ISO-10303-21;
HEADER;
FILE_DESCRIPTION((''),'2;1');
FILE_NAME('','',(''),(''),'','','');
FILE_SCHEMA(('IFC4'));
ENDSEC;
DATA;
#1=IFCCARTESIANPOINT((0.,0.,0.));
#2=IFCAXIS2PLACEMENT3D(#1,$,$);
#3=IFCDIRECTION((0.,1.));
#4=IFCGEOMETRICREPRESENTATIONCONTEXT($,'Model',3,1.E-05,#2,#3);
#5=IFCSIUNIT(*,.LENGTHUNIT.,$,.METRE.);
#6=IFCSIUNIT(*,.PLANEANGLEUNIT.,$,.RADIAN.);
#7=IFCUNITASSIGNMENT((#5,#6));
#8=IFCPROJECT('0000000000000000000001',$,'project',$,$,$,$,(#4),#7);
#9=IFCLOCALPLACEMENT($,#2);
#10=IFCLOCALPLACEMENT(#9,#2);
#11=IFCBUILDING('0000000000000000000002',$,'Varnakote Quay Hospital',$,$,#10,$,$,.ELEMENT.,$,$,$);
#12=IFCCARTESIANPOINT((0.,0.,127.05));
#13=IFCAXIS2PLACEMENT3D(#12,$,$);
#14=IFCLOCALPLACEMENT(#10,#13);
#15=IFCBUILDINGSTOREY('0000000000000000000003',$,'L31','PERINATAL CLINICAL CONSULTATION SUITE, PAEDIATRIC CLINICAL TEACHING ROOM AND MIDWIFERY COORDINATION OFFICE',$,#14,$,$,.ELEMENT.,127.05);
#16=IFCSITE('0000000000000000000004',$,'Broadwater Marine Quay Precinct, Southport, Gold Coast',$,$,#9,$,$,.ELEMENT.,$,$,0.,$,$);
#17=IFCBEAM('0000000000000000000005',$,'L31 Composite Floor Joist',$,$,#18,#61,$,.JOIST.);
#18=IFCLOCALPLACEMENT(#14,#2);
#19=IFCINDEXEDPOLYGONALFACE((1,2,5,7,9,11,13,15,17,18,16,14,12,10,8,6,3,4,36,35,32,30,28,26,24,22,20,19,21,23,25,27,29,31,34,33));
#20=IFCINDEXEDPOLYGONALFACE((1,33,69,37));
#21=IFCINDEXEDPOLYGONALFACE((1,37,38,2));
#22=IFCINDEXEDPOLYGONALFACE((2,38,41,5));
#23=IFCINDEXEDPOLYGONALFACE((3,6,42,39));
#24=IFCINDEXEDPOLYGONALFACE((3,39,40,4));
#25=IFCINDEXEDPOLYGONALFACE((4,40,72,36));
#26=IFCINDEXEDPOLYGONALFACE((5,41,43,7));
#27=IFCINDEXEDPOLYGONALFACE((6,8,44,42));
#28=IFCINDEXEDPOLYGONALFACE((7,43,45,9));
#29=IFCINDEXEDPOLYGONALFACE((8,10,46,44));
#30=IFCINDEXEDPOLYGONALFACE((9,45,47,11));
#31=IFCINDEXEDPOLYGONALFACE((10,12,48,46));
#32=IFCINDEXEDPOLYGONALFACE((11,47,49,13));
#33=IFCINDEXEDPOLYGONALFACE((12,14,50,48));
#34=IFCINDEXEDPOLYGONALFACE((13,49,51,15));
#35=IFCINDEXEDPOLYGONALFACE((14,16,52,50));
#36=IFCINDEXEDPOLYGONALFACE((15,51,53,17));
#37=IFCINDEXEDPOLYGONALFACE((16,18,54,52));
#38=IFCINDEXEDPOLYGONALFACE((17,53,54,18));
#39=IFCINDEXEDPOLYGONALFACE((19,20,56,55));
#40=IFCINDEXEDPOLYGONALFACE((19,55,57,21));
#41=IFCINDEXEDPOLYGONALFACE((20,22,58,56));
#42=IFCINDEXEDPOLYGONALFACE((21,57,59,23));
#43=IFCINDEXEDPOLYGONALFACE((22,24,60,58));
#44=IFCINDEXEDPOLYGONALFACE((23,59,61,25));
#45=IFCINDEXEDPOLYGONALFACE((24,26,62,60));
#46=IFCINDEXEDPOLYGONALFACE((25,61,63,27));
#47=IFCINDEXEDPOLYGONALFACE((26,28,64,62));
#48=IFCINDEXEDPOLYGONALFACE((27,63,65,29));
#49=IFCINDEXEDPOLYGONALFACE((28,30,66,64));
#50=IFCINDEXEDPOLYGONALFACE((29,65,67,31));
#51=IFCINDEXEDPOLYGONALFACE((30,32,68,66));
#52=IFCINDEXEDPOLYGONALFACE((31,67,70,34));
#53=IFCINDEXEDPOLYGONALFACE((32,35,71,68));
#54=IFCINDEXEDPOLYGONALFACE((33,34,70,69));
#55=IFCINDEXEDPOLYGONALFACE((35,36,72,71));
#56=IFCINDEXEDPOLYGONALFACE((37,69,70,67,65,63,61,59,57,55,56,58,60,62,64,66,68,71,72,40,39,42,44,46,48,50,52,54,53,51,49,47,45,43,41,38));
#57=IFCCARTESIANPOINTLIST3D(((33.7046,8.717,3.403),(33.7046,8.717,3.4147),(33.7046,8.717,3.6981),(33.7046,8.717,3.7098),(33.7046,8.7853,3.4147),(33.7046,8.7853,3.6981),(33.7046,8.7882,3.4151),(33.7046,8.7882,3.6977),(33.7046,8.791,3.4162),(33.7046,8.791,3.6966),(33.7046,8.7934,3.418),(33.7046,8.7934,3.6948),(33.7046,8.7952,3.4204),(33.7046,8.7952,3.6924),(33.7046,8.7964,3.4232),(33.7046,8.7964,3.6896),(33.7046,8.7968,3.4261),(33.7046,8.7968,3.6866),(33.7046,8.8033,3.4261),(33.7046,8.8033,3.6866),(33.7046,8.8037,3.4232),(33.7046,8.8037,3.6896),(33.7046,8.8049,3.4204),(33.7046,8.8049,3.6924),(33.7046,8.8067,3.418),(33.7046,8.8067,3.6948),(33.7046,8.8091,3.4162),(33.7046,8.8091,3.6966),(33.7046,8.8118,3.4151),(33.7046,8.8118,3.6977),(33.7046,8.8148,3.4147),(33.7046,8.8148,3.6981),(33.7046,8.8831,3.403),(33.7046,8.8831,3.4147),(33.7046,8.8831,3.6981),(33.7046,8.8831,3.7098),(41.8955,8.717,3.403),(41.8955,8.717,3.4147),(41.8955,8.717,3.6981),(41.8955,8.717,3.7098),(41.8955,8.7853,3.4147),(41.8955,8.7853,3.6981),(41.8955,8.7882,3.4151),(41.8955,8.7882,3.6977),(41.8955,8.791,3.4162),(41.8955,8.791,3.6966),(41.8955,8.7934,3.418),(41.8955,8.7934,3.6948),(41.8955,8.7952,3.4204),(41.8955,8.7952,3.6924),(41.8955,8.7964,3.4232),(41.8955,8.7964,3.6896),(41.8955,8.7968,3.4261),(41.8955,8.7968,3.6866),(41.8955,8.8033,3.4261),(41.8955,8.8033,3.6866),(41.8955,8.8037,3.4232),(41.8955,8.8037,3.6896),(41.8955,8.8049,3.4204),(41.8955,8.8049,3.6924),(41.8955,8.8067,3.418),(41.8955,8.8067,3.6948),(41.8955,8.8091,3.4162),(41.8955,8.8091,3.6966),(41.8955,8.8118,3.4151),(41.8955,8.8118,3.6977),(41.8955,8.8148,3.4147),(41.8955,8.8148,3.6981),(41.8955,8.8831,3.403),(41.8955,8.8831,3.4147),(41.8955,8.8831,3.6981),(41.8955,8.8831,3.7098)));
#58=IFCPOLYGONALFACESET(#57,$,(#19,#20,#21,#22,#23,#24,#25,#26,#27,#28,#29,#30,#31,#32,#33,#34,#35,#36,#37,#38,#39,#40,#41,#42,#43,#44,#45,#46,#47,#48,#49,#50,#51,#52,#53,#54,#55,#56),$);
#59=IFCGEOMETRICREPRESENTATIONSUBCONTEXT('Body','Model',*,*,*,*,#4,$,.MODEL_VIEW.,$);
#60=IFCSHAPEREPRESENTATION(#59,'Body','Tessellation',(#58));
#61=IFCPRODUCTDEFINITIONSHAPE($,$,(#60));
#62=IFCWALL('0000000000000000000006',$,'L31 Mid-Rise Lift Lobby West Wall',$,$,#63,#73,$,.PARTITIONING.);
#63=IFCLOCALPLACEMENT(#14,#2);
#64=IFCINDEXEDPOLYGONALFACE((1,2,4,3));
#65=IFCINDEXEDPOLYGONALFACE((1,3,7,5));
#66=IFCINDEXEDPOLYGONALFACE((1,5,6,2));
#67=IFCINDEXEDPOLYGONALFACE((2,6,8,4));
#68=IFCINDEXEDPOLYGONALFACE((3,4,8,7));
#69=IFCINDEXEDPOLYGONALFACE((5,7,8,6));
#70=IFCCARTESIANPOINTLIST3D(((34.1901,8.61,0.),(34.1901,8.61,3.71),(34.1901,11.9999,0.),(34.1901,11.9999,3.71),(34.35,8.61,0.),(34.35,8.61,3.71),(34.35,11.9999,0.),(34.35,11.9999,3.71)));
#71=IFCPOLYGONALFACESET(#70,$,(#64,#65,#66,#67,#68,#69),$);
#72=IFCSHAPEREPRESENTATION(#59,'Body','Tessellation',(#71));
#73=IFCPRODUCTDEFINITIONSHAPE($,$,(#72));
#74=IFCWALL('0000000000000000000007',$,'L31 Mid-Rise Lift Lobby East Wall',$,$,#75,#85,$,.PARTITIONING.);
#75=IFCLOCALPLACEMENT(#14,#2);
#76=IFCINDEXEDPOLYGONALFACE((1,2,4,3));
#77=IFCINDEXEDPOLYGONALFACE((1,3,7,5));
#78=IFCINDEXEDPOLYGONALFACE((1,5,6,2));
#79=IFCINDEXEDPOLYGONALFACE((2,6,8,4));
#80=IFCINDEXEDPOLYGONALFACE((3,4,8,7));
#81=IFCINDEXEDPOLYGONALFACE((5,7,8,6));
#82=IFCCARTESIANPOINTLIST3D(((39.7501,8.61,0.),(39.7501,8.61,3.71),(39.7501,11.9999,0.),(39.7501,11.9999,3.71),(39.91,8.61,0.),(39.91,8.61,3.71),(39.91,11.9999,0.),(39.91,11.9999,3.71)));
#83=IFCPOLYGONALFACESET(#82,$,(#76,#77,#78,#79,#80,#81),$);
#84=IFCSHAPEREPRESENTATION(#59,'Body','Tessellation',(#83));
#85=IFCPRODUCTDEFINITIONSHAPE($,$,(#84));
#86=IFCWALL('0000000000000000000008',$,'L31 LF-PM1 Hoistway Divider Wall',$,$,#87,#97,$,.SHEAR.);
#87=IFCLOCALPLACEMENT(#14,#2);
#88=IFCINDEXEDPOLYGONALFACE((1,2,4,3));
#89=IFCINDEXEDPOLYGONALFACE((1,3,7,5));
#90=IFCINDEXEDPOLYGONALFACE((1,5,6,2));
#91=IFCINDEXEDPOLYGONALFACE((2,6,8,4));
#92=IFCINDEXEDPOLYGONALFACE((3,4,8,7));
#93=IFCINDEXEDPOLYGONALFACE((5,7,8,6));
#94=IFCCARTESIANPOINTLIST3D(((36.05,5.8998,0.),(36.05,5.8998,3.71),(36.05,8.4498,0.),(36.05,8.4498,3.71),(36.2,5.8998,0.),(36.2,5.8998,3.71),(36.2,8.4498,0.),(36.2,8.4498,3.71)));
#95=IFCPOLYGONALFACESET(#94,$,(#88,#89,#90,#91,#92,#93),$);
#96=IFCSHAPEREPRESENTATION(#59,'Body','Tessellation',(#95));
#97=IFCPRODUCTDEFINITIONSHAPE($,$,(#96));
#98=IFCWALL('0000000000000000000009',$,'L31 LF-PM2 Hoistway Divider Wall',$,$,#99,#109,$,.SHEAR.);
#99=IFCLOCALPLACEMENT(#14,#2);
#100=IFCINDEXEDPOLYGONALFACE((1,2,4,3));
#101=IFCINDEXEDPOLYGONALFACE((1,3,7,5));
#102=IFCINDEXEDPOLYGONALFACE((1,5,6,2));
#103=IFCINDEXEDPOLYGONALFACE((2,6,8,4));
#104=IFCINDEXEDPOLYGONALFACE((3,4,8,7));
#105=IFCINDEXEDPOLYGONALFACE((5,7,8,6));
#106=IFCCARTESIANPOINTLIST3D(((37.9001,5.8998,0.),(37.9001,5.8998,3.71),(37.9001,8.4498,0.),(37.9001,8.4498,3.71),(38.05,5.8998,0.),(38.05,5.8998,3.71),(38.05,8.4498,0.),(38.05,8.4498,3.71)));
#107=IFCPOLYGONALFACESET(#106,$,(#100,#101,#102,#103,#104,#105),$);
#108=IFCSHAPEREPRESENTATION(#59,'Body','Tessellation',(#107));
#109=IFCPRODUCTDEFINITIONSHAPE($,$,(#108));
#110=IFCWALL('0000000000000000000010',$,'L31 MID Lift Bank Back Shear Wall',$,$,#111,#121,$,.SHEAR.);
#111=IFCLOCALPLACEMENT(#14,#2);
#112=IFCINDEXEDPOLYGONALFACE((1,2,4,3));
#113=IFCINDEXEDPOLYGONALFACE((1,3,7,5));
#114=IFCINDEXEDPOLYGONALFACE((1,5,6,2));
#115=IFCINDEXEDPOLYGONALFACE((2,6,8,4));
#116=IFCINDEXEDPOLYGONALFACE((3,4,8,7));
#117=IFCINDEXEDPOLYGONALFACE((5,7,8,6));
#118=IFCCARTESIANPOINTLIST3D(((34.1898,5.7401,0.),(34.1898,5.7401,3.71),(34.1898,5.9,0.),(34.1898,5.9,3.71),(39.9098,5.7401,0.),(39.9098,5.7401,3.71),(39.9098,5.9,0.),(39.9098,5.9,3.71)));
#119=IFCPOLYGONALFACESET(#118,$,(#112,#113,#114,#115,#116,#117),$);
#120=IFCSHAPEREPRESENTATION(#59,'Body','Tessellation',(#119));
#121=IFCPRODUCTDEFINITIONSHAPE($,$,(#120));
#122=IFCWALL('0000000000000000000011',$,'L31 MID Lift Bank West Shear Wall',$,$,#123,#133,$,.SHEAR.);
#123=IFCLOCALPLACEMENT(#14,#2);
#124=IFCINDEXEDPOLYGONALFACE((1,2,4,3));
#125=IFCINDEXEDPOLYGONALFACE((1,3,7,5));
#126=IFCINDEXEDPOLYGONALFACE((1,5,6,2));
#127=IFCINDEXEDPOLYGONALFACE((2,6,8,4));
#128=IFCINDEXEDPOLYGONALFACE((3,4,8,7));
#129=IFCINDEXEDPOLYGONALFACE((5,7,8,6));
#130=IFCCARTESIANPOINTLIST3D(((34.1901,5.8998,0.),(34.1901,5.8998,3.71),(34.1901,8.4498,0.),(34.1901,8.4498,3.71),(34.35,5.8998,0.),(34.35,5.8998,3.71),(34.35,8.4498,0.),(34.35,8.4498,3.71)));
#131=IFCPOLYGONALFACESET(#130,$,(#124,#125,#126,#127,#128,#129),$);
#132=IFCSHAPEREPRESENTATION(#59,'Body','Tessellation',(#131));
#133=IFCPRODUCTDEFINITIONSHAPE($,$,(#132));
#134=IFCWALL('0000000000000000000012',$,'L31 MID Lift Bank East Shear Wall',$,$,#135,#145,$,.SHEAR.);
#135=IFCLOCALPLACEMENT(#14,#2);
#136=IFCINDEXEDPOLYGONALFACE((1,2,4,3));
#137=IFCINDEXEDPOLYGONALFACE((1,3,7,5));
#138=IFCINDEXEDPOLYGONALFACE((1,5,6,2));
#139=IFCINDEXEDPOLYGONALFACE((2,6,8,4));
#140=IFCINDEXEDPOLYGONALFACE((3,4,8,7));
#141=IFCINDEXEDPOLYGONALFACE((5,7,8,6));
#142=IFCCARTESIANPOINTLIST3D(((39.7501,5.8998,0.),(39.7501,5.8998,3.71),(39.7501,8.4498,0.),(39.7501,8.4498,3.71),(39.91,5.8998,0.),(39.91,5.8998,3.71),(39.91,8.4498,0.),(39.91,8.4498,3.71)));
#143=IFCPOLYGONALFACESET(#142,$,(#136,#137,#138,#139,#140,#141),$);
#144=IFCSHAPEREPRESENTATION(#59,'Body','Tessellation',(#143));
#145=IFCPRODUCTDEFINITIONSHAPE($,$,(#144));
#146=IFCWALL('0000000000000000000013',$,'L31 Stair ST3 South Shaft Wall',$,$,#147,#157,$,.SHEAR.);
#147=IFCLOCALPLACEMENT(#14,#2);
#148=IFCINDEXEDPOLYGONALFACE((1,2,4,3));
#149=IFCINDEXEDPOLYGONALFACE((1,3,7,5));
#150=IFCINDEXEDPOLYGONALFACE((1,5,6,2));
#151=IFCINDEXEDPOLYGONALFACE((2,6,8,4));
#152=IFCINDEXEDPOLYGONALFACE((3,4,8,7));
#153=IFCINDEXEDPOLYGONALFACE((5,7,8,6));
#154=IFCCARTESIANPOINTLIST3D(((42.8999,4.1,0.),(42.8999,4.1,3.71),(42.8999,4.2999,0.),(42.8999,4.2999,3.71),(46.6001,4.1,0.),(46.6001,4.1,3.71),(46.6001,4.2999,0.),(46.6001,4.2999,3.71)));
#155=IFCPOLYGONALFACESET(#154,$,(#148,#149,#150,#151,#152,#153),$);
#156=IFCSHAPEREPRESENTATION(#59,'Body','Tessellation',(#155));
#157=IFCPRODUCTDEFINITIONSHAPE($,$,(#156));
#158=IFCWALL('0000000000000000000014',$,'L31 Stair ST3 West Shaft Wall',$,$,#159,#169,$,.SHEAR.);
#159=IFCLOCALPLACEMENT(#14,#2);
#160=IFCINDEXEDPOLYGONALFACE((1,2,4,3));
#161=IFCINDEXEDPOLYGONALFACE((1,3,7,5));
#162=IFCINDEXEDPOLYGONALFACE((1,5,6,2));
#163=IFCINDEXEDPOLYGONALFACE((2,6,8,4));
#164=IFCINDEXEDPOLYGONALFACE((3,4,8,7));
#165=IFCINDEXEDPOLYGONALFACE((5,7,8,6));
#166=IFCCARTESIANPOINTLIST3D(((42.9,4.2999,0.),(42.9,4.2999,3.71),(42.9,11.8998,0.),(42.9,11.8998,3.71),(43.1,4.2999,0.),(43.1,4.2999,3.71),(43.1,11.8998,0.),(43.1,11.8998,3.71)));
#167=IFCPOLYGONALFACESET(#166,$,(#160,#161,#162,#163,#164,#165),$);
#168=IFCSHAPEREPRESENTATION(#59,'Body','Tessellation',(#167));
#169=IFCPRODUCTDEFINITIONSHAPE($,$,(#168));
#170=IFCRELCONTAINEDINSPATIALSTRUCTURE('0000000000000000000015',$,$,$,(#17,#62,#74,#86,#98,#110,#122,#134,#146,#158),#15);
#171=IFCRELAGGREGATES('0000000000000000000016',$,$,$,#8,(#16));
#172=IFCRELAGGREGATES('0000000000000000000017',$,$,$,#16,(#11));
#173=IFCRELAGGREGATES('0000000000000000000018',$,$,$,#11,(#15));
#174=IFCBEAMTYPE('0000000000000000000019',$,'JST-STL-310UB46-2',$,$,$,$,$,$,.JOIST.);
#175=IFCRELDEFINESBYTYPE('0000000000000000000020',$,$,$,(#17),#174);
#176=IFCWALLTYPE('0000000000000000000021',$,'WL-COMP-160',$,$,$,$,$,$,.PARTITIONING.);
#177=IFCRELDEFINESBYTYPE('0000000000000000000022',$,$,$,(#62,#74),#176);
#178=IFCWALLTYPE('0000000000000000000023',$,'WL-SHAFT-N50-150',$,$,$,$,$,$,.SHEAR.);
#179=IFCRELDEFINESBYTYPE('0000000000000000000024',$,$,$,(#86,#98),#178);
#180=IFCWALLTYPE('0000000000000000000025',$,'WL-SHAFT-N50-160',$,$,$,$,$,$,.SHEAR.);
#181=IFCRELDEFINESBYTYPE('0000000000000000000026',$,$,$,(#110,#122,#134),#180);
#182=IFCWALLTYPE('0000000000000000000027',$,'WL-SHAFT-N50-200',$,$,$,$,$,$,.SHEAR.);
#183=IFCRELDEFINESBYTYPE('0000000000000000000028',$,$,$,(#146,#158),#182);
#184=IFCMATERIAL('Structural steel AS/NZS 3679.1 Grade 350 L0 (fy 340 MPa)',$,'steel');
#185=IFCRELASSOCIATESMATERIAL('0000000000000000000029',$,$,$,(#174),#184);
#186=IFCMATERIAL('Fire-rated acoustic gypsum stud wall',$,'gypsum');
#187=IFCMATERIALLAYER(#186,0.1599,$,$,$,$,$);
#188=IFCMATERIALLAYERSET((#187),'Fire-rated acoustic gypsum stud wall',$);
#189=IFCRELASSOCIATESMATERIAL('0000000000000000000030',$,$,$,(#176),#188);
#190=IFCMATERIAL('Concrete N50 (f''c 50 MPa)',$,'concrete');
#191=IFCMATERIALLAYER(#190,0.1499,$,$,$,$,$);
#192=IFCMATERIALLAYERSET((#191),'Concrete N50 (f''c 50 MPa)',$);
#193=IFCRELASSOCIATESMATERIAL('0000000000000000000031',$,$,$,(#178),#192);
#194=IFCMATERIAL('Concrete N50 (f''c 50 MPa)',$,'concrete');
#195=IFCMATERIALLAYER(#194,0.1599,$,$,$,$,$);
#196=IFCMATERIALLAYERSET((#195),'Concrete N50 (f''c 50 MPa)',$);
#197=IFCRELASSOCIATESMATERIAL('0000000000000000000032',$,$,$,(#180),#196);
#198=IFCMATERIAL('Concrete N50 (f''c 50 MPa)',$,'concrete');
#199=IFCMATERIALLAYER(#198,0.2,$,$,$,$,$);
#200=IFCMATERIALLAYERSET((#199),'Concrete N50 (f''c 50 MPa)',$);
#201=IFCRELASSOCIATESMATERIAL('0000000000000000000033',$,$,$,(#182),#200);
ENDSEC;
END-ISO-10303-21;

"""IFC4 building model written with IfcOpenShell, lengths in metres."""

from ifc_helpers import new_model, si_unit, direction, frame, frame_2d, origin, origin_2d, place, context, subcontext, project, spatial, rectangle, i_section, extrude, material, layer, layer_set, material_profile, profile_set, type_object, element, save


model = new_model("IFC4")

# Units and contexts
model_context = context("Model", 3, precision=1e-05, world=origin(), true_north=direction((0.0, 1.0)))
body_context = subcontext(model_context, "Body", "Model", "MODEL_VIEW")
ifc_project = project(units=[si_unit("LENGTHUNIT", "METRE"), si_unit("PLANEANGLEUNIT", "RADIAN")], contexts=[model_context])

# Site, building, storey
site_placement = place(None, origin())
site = spatial("IfcSite", under=ifc_project, at=site_placement, Name="Broadwater Marine Quay Precinct, Southport, Gold Coast", CompositionType="ELEMENT", RefElevation=0.0)
building_placement = place(site_placement, origin())
building = spatial("IfcBuilding", under=site, at=building_placement, Name="Varnakote Quay Hospital", CompositionType="ELEMENT")
storey_placement = place(building_placement, frame((0.0, 0.0, 127.05)))
storey = spatial("IfcBuildingStorey", under=building, at=storey_placement, Name="L31", Description="PERINATAL CLINICAL CONSULTATION SUITE, PAEDIATRIC CLINICAL TEACHING ROOM AND MIDWIFERY COORDINATION OFFICE", CompositionType="ELEMENT", Elevation=127.05)

# Beam
ifc_material_1 = material(Name="Structural steel AS/NZS 3679.1 Grade 350 L0 (fy 340 MPa)", Category="steel")
ifc_material_profile_1 = material_profile(ifc_material_1, i_section(OverallWidth=0.166, OverallDepth=0.3069, WebThickness=0.0066, FlangeThickness=0.0117, FilletRadius=0.0115, at=origin_2d()), Name="310UB46.2")
ifc_profile_set_1 = profile_set([ifc_material_profile_1], Name="Structural steel AS/NZS 3679.1 Grade 350 L0 (fy 340 MPa)")
beam_type_1 = type_object("IfcBeamType", Name="JST-STL-310UB46-2", PredefinedType="JOIST", material=ifc_profile_set_1)
beam_placement = place(storey_placement, frame((33.7046, 8.8, 3.5564), z_axis=(1.0, 0.0, 0.0), x_axis=(0.0, 1.0, 0.0)))
element("IfcBeam", 1, at=beam_placement, inside=storey, type_object=beam_type_1, Name="L31 Composite Floor Joist", PredefinedType="JOIST", context=body_context, shape_type="SweptSolid", body=[
    extrude(i_section(OverallWidth=0.166, OverallDepth=0.3069, WebThickness=0.0066, FlangeThickness=0.0117, FilletRadius=0.0115, at=origin_2d()), origin(), (0.0, 0.0, 1.0), 8.1909),
])

# Walls
ifc_material_2 = material(Name="Fire-rated acoustic gypsum stud wall", Category="gypsum")
ifc_layer_1 = layer(ifc_material_2, 0.1599)
ifc_layer_set_1 = layer_set([ifc_layer_1], Name="Fire-rated acoustic gypsum stud wall")
wall_type_1 = type_object("IfcWallType", Name="WL-COMP-160", PredefinedType="PARTITIONING", material=ifc_layer_set_1)
for number, where, z_axis, x_axis, name in (
    (2, (34.27, 8.6101, 0.0), (0.0, 0.0, 1.0), (0.0, 1.0, 0.0), "L31 Mid-Rise Lift Lobby West Wall"),
    (3, (39.8301, 8.6101, 0.0), (0.0, 0.0, 1.0), (0.0, 1.0, 0.0), "L31 Mid-Rise Lift Lobby East Wall"),
):
    element("IfcWall", number, at=place(storey_placement, frame(where, z_axis=z_axis, x_axis=x_axis)), inside=storey, type_object=wall_type_1, Name=name, PredefinedType="PARTITIONING", context=body_context, shape_type="SweptSolid", body=[
        extrude(rectangle(XDim=3.3899, YDim=0.1599, at=frame_2d((1.6948, 0.0))), origin(), (0.0, 0.0, 1.0), 3.71),
    ])
ifc_material_3 = material(Name="Concrete N50 (f'c 50 MPa)", Category="concrete")
ifc_layer_2 = layer(ifc_material_3, 0.1499)
ifc_layer_set_2 = layer_set([ifc_layer_2], Name="Concrete N50 (f'c 50 MPa)")
wall_type_2 = type_object("IfcWallType", Name="WL-SHAFT-N50-150", PredefinedType="SHEAR", material=ifc_layer_set_2)
for number, where, z_axis, x_axis, name in (
    (4, (36.125, 5.8999, 0.0), (0.0, 0.0, 1.0), (0.0, 1.0, 0.0), "L31 LF-PM1 Hoistway Divider Wall"),
    (5, (37.9751, 5.8999, 0.0), (0.0, 0.0, 1.0), (0.0, 1.0, 0.0), "L31 LF-PM2 Hoistway Divider Wall"),
):
    element("IfcWall", number, at=place(storey_placement, frame(where, z_axis=z_axis, x_axis=x_axis)), inside=storey, type_object=wall_type_2, Name=name, PredefinedType="SHEAR", context=body_context, shape_type="SweptSolid", body=[
        extrude(rectangle(XDim=2.55, YDim=0.1499, at=frame_2d((1.2749, 0.0))), origin(), (0.0, 0.0, 1.0), 3.71),
    ])
ifc_material_4 = material(Name="Concrete N50 (f'c 50 MPa)", Category="concrete")
ifc_layer_3 = layer(ifc_material_4, 0.1599)
ifc_layer_set_3 = layer_set([ifc_layer_3], Name="Concrete N50 (f'c 50 MPa)")
wall_type_3 = type_object("IfcWallType", Name="WL-SHAFT-N50-160", PredefinedType="SHEAR", material=ifc_layer_set_3)
wall_1_placement = place(storey_placement, frame((34.1899, 5.8201, 0.0), z_axis=(0.0, 0.0, 1.0), x_axis=(1.0, 0.0, 0.0)))
element("IfcWall", 6, at=wall_1_placement, inside=storey, type_object=wall_type_3, Name="L31 MID Lift Bank Back Shear Wall", PredefinedType="SHEAR", context=body_context, shape_type="SweptSolid", body=[
    extrude(rectangle(XDim=5.72, YDim=0.1599, at=frame_2d((2.8599, 0.0))), origin(), (0.0, 0.0, 1.0), 3.71),
])
for number, where, z_axis, x_axis, name in (
    (7, (34.27, 5.8999, 0.0), (0.0, 0.0, 1.0), (0.0, 1.0, 0.0), "L31 MID Lift Bank West Shear Wall"),
    (8, (39.8301, 5.8999, 0.0), (0.0, 0.0, 1.0), (0.0, 1.0, 0.0), "L31 MID Lift Bank East Shear Wall"),
):
    element("IfcWall", number, at=place(storey_placement, frame(where, z_axis=z_axis, x_axis=x_axis)), inside=storey, type_object=wall_type_3, Name=name, PredefinedType="SHEAR", context=body_context, shape_type="SweptSolid", body=[
        extrude(rectangle(XDim=2.55, YDim=0.1599, at=frame_2d((1.2749, 0.0))), origin(), (0.0, 0.0, 1.0), 3.71),
    ])

# Walls
ifc_material_5 = material(Name="Concrete N50 (f'c 50 MPa)", Category="concrete")
ifc_layer_4 = layer(ifc_material_5, 0.2)
ifc_layer_set_4 = layer_set([ifc_layer_4], Name="Concrete N50 (f'c 50 MPa)")
wall_type_4 = type_object("IfcWallType", Name="WL-SHAFT-N50-200", PredefinedType="SHEAR", material=ifc_layer_set_4)
wall_2_placement = place(storey_placement, frame((42.8999, 4.2, 0.0), z_axis=(0.0, 0.0, 1.0), x_axis=(1.0, 0.0, 0.0)))
element("IfcWall", 9, at=wall_2_placement, inside=storey, type_object=wall_type_4, Name="L31 Stair ST3 South Shaft Wall", PredefinedType="SHEAR", context=body_context, shape_type="SweptSolid", body=[
    extrude(rectangle(XDim=3.7002, YDim=0.2, at=frame_2d((1.8501, 0.0))), origin(), (0.0, 0.0, 1.0), 3.71),
])
wall_3_placement = place(storey_placement, frame((43.0, 4.3, 0.0), z_axis=(0.0, 0.0, 1.0), x_axis=(0.0, 1.0, 0.0)))
element("IfcWall", 10, at=wall_3_placement, inside=storey, type_object=wall_type_4, Name="L31 Stair ST3 West Shaft Wall", PredefinedType="SHEAR", context=body_context, shape_type="SweptSolid", body=[
    extrude(rectangle(XDim=7.5999, YDim=0.2, at=frame_2d((3.7998, 0.0))), origin(), (0.0, 0.0, 1.0), 3.71),
])

save(model, "model.ifc")
